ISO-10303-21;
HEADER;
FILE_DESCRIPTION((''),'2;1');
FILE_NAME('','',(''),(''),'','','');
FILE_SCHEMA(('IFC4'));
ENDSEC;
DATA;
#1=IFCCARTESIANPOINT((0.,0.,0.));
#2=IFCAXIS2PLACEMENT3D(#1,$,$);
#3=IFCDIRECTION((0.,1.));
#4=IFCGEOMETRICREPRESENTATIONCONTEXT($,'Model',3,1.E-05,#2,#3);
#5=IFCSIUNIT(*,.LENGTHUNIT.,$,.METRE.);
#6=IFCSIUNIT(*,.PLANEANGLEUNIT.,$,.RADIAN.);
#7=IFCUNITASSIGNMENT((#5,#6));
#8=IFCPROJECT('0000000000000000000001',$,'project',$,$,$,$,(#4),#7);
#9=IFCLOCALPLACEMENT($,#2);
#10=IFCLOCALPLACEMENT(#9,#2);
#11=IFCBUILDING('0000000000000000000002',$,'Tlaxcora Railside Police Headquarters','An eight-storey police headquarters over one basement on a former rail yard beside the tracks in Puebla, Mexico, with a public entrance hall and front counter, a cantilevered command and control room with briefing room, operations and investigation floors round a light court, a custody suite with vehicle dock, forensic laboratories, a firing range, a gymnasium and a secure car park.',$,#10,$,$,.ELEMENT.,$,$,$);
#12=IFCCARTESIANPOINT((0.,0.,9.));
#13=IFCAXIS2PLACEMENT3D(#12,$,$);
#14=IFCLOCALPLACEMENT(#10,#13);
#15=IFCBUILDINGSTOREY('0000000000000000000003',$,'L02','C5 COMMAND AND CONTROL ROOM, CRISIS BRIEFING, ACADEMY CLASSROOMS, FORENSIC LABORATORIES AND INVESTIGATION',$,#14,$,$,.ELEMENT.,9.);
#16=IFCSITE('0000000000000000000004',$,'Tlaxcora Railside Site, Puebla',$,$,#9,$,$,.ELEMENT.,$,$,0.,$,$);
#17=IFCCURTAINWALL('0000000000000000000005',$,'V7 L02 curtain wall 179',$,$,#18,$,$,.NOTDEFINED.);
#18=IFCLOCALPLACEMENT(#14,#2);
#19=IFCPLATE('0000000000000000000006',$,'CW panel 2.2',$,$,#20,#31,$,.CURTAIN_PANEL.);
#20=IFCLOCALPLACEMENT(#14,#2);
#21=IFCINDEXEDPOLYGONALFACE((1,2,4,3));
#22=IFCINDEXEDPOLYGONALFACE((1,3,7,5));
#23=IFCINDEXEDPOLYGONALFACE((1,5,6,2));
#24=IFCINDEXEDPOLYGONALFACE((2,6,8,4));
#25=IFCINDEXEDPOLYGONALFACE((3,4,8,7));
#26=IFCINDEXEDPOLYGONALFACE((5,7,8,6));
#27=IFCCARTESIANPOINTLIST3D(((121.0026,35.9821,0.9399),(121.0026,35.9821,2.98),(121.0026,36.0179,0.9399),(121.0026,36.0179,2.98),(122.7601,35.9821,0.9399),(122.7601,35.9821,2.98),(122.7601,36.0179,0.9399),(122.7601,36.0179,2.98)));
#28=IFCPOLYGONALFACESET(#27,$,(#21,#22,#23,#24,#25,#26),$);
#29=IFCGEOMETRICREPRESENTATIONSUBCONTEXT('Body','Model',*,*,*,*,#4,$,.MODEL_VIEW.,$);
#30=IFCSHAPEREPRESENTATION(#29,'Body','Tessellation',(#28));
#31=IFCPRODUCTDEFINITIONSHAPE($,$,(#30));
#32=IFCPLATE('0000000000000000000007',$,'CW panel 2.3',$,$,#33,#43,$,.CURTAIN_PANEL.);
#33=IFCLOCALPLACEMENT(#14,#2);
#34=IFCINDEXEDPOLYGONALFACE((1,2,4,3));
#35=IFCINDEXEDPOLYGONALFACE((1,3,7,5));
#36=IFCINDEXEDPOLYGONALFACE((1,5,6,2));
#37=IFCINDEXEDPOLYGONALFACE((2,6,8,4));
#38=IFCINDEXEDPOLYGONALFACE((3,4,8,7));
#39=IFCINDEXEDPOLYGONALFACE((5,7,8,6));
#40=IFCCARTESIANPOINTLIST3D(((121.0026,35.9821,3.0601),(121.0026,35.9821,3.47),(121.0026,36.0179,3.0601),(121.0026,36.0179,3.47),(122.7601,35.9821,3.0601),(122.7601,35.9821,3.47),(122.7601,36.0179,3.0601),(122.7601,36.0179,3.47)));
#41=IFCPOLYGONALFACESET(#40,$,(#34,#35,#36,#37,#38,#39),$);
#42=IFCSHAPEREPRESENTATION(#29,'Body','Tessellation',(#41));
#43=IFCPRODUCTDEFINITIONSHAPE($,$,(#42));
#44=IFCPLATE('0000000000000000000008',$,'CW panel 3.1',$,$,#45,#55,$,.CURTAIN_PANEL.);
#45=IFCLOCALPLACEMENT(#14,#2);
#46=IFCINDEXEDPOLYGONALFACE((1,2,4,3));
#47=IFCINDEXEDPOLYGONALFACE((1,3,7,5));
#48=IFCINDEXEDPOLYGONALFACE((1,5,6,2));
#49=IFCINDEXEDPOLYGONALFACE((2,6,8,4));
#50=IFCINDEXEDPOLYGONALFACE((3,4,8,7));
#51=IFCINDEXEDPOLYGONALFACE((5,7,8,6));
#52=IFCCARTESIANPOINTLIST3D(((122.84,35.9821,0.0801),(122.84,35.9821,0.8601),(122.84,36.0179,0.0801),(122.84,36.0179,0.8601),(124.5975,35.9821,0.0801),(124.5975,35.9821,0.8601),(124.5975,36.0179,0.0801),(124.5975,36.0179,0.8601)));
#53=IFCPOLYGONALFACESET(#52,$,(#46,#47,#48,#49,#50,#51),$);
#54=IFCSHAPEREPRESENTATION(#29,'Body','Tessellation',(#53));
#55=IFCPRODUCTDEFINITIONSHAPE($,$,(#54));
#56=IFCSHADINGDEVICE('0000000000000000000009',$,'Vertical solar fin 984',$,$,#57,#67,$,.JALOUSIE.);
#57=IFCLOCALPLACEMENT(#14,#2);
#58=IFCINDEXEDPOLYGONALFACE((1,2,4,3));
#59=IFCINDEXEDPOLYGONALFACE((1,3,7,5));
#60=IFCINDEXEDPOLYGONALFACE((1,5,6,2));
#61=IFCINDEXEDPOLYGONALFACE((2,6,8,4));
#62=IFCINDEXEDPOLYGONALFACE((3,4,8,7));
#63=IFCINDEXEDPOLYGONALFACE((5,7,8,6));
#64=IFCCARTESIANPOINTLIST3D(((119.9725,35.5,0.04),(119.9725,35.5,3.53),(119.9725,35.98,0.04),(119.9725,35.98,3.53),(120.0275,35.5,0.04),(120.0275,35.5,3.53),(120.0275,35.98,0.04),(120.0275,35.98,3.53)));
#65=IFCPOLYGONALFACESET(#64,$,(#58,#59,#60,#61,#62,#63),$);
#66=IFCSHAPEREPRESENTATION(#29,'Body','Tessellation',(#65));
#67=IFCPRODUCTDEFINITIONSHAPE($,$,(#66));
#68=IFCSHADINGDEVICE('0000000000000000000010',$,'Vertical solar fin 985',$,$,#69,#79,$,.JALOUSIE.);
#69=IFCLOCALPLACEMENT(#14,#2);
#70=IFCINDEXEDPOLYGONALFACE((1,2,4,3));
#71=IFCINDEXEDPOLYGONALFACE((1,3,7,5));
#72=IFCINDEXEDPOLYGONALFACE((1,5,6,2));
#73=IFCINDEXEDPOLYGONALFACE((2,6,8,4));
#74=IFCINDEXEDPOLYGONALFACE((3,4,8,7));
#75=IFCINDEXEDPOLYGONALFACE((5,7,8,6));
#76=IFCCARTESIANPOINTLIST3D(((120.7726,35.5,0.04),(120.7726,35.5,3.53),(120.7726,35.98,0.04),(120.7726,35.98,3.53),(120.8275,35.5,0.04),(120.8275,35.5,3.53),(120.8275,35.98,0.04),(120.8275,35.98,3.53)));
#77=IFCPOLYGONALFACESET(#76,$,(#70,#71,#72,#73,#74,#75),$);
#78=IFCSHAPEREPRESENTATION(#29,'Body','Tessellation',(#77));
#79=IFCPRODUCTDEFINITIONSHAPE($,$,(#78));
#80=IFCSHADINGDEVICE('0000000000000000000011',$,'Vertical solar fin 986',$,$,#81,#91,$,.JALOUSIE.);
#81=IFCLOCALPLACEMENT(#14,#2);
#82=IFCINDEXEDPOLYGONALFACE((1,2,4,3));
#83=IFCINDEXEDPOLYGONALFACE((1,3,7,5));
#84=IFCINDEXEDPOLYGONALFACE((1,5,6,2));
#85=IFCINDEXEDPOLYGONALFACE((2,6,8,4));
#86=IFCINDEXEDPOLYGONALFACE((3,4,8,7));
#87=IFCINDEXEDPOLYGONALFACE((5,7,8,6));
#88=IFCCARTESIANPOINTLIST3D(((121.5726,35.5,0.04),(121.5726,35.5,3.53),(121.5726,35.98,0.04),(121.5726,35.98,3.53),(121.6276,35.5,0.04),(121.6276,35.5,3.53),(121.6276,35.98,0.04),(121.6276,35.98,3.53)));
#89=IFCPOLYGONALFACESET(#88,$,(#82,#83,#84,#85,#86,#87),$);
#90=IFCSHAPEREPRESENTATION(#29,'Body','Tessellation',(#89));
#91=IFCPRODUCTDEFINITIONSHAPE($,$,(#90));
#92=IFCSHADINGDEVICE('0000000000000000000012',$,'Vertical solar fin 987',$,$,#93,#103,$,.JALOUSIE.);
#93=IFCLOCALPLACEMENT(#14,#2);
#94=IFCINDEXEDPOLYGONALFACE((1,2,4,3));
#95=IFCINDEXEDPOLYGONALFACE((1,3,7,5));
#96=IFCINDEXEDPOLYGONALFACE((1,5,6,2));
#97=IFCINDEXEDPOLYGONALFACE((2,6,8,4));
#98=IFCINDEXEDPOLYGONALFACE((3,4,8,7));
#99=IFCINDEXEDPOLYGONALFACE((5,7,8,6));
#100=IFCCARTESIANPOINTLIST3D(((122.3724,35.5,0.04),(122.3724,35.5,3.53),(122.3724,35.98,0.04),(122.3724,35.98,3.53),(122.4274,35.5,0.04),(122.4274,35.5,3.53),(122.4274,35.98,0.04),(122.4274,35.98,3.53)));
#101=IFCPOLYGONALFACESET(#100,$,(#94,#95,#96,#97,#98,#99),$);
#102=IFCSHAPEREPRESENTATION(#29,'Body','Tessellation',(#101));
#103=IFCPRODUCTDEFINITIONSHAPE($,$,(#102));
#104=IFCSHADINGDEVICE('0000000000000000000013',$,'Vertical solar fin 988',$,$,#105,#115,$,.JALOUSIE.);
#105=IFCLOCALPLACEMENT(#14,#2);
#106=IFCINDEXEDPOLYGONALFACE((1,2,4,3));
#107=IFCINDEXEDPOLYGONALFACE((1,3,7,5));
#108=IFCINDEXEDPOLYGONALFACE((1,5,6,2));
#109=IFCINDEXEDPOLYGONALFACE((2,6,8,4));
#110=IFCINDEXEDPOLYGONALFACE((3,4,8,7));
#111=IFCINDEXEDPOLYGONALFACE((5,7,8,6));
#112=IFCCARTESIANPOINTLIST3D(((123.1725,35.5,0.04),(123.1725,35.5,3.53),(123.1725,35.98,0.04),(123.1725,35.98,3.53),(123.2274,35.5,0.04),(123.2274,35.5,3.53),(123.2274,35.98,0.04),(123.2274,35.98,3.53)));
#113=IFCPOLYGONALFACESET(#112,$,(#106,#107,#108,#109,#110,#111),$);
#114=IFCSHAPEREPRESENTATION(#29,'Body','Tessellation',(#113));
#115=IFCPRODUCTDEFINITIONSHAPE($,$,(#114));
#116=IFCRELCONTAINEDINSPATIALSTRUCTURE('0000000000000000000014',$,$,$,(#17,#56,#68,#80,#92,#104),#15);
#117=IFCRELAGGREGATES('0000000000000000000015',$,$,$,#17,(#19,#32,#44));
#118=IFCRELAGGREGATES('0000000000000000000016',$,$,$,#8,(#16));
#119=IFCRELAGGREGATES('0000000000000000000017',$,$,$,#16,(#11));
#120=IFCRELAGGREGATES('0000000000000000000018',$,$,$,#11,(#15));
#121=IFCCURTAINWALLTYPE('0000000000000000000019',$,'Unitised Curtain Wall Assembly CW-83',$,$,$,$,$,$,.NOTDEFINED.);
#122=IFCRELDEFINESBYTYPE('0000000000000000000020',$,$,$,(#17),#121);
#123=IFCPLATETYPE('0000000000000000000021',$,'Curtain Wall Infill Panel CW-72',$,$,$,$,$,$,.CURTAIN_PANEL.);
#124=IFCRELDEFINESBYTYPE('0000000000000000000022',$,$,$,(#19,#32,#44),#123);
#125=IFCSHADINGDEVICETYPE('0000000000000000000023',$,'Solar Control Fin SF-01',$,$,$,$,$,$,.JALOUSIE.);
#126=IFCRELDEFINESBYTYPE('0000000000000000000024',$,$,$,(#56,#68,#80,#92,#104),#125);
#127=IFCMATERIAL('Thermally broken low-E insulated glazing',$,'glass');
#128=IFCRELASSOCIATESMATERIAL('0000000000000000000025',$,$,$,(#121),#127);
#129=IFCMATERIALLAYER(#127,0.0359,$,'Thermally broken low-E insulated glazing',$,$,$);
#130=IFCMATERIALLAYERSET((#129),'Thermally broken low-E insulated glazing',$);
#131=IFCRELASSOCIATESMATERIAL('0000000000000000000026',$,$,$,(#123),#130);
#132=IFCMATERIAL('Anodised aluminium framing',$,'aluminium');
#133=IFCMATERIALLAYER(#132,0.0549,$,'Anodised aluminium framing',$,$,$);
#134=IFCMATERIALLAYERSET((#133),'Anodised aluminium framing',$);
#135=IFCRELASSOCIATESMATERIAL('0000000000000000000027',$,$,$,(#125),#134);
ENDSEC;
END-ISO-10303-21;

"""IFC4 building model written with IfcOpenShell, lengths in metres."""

from ifc_helpers import new_model, si_unit, direction, frame, origin, origin_2d, place, context, subcontext, project, spatial, rectangle, extrude, material, layer, layer_set, type_object, element, aggregate, save


model = new_model("IFC4")

# Units and contexts
model_context = context("Model", 3, precision=1e-05, world=origin(), true_north=direction((0.0, 1.0)))
body_context = subcontext(model_context, "Body", "Model", "MODEL_VIEW")
ifc_project = project(units=[si_unit("LENGTHUNIT", "METRE"), si_unit("PLANEANGLEUNIT", "RADIAN")], contexts=[model_context])

# Site, building, storey
site_placement = place(None, origin())
site = spatial("IfcSite", under=ifc_project, at=site_placement, Name="Tlaxcora Railside Site, Puebla", CompositionType="ELEMENT", RefElevation=0.0)
building_placement = place(site_placement, origin())
building = spatial("IfcBuilding", under=site, at=building_placement, Name="Tlaxcora Railside Police Headquarters", Description="An eight-storey police headquarters over one basement on a former rail yard beside the tracks in Puebla, Mexico, with a public entrance hall and front counter, a cantilevered command and control room with briefing room, operations and investigation floors round a light court, a custody suite with vehicle dock, forensic laboratories, a firing range, a gymnasium and a secure car park.", CompositionType="ELEMENT")
storey_placement = place(building_placement, frame((0.0, 0.0, 9.0)))
storey = spatial("IfcBuildingStorey", under=building, at=storey_placement, Name="L02", Description="C5 COMMAND AND CONTROL ROOM, CRISIS BRIEFING, ACADEMY CLASSROOMS, FORENSIC LABORATORIES AND INVESTIGATION", CompositionType="ELEMENT", Elevation=9.0)

# Curtain wall, plates
ifc_material_1 = material(Name="Thermally broken low-E insulated glazing", Category="glass")
curtain_wall_type = type_object("IfcCurtainWallType", Name="Unitised Curtain Wall Assembly CW-83", PredefinedType="NOTDEFINED", material=ifc_material_1)
curtain_wall_placement = place(storey_placement, origin())
curtain_wall = element("IfcCurtainWall", 1, at=curtain_wall_placement, inside=storey, type_object=curtain_wall_type, Name="V7 L02 curtain wall 179", PredefinedType="NOTDEFINED")
ifc_material_2 = material(Name="Anodised aluminium framing", Category="aluminium")
ifc_layer_1 = layer(ifc_material_1, 0.0359, Name="Thermally broken low-E insulated glazing")
ifc_layer_set_1 = layer_set([ifc_layer_1], Name="Thermally broken low-E insulated glazing")
plate_type = type_object("IfcPlateType", Name="Curtain Wall Infill Panel CW-72", PredefinedType="CURTAIN_PANEL", material=ifc_layer_set_1)
plate_1_placement = place(storey_placement, frame((121.8813, 36.0, 0.9399), z_axis=(0.0, 0.0, 1.0), x_axis=(1.0, 0.0, 0.0)))
plate_1 = element("IfcPlate", 2, at=plate_1_placement, type_object=plate_type, Name="CW panel 2.2", PredefinedType="CURTAIN_PANEL", context=body_context, shape_type="SweptSolid", body=[
    extrude(rectangle(XDim=1.7576, YDim=0.0359, at=origin_2d()), origin(), (0.0, 0.0, 1.0), 2.04),
])
plate_2_placement = place(storey_placement, frame((121.8813, 36.0, 3.0601), z_axis=(0.0, 0.0, 1.0), x_axis=(1.0, 0.0, 0.0)))
plate_2 = element("IfcPlate", 3, at=plate_2_placement, type_object=plate_type, Name="CW panel 2.3", PredefinedType="CURTAIN_PANEL", context=body_context, shape_type="SweptSolid", body=[
    extrude(rectangle(XDim=1.7576, YDim=0.0359, at=origin_2d()), origin(), (0.0, 0.0, 1.0), 0.4099),
])
plate_3_placement = place(storey_placement, frame((123.7188, 36.0, 0.0801), z_axis=(0.0, 0.0, 1.0), x_axis=(1.0, 0.0, 0.0)))
plate_3 = element("IfcPlate", 4, at=plate_3_placement, type_object=plate_type, Name="CW panel 3.1", PredefinedType="CURTAIN_PANEL", context=body_context, shape_type="SweptSolid", body=[
    extrude(rectangle(XDim=1.7576, YDim=0.0359, at=origin_2d()), origin(), (0.0, 0.0, 1.0), 0.78),
])
aggregate(curtain_wall, [plate_1, plate_2, plate_3])

# Shading devices
ifc_layer_2 = layer(ifc_material_2, 0.0549, Name="Anodised aluminium framing")
ifc_layer_set_2 = layer_set([ifc_layer_2], Name="Anodised aluminium framing")
shading_device_type = type_object("IfcShadingDeviceType", Name="Solar Control Fin SF-01", PredefinedType="JALOUSIE", material=ifc_layer_set_2)
for number, where, z_axis, x_axis, name in (
    (5, (120.0, 35.74, 0.04), (0.0, 0.0, 1.0), (0.0, -1.0, 0.0), "Vertical solar fin 984"),
    (6, (120.8, 35.74, 0.04), (0.0, 0.0, 1.0), (0.0, -1.0, 0.0), "Vertical solar fin 985"),
    (7, (121.6001, 35.74, 0.04), (0.0, 0.0, 1.0), (0.0, -1.0, 0.0), "Vertical solar fin 986"),
    (8, (122.3999, 35.74, 0.04), (0.0, 0.0, 1.0), (0.0, -1.0, 0.0), "Vertical solar fin 987"),
    (9, (123.2, 35.74, 0.04), (0.0, 0.0, 1.0), (0.0, -1.0, 0.0), "Vertical solar fin 988"),
):
    element("IfcShadingDevice", number, at=place(storey_placement, frame(where, z_axis=z_axis, x_axis=x_axis)), inside=storey, type_object=shading_device_type, Name=name, PredefinedType="JALOUSIE", context=body_context, shape_type="SweptSolid", body=[
        extrude(rectangle(XDim=0.48, YDim=0.0549, at=origin_2d()), origin(), (0.0, 0.0, 1.0), 3.49),
    ])

save(model, "model.ifc")
